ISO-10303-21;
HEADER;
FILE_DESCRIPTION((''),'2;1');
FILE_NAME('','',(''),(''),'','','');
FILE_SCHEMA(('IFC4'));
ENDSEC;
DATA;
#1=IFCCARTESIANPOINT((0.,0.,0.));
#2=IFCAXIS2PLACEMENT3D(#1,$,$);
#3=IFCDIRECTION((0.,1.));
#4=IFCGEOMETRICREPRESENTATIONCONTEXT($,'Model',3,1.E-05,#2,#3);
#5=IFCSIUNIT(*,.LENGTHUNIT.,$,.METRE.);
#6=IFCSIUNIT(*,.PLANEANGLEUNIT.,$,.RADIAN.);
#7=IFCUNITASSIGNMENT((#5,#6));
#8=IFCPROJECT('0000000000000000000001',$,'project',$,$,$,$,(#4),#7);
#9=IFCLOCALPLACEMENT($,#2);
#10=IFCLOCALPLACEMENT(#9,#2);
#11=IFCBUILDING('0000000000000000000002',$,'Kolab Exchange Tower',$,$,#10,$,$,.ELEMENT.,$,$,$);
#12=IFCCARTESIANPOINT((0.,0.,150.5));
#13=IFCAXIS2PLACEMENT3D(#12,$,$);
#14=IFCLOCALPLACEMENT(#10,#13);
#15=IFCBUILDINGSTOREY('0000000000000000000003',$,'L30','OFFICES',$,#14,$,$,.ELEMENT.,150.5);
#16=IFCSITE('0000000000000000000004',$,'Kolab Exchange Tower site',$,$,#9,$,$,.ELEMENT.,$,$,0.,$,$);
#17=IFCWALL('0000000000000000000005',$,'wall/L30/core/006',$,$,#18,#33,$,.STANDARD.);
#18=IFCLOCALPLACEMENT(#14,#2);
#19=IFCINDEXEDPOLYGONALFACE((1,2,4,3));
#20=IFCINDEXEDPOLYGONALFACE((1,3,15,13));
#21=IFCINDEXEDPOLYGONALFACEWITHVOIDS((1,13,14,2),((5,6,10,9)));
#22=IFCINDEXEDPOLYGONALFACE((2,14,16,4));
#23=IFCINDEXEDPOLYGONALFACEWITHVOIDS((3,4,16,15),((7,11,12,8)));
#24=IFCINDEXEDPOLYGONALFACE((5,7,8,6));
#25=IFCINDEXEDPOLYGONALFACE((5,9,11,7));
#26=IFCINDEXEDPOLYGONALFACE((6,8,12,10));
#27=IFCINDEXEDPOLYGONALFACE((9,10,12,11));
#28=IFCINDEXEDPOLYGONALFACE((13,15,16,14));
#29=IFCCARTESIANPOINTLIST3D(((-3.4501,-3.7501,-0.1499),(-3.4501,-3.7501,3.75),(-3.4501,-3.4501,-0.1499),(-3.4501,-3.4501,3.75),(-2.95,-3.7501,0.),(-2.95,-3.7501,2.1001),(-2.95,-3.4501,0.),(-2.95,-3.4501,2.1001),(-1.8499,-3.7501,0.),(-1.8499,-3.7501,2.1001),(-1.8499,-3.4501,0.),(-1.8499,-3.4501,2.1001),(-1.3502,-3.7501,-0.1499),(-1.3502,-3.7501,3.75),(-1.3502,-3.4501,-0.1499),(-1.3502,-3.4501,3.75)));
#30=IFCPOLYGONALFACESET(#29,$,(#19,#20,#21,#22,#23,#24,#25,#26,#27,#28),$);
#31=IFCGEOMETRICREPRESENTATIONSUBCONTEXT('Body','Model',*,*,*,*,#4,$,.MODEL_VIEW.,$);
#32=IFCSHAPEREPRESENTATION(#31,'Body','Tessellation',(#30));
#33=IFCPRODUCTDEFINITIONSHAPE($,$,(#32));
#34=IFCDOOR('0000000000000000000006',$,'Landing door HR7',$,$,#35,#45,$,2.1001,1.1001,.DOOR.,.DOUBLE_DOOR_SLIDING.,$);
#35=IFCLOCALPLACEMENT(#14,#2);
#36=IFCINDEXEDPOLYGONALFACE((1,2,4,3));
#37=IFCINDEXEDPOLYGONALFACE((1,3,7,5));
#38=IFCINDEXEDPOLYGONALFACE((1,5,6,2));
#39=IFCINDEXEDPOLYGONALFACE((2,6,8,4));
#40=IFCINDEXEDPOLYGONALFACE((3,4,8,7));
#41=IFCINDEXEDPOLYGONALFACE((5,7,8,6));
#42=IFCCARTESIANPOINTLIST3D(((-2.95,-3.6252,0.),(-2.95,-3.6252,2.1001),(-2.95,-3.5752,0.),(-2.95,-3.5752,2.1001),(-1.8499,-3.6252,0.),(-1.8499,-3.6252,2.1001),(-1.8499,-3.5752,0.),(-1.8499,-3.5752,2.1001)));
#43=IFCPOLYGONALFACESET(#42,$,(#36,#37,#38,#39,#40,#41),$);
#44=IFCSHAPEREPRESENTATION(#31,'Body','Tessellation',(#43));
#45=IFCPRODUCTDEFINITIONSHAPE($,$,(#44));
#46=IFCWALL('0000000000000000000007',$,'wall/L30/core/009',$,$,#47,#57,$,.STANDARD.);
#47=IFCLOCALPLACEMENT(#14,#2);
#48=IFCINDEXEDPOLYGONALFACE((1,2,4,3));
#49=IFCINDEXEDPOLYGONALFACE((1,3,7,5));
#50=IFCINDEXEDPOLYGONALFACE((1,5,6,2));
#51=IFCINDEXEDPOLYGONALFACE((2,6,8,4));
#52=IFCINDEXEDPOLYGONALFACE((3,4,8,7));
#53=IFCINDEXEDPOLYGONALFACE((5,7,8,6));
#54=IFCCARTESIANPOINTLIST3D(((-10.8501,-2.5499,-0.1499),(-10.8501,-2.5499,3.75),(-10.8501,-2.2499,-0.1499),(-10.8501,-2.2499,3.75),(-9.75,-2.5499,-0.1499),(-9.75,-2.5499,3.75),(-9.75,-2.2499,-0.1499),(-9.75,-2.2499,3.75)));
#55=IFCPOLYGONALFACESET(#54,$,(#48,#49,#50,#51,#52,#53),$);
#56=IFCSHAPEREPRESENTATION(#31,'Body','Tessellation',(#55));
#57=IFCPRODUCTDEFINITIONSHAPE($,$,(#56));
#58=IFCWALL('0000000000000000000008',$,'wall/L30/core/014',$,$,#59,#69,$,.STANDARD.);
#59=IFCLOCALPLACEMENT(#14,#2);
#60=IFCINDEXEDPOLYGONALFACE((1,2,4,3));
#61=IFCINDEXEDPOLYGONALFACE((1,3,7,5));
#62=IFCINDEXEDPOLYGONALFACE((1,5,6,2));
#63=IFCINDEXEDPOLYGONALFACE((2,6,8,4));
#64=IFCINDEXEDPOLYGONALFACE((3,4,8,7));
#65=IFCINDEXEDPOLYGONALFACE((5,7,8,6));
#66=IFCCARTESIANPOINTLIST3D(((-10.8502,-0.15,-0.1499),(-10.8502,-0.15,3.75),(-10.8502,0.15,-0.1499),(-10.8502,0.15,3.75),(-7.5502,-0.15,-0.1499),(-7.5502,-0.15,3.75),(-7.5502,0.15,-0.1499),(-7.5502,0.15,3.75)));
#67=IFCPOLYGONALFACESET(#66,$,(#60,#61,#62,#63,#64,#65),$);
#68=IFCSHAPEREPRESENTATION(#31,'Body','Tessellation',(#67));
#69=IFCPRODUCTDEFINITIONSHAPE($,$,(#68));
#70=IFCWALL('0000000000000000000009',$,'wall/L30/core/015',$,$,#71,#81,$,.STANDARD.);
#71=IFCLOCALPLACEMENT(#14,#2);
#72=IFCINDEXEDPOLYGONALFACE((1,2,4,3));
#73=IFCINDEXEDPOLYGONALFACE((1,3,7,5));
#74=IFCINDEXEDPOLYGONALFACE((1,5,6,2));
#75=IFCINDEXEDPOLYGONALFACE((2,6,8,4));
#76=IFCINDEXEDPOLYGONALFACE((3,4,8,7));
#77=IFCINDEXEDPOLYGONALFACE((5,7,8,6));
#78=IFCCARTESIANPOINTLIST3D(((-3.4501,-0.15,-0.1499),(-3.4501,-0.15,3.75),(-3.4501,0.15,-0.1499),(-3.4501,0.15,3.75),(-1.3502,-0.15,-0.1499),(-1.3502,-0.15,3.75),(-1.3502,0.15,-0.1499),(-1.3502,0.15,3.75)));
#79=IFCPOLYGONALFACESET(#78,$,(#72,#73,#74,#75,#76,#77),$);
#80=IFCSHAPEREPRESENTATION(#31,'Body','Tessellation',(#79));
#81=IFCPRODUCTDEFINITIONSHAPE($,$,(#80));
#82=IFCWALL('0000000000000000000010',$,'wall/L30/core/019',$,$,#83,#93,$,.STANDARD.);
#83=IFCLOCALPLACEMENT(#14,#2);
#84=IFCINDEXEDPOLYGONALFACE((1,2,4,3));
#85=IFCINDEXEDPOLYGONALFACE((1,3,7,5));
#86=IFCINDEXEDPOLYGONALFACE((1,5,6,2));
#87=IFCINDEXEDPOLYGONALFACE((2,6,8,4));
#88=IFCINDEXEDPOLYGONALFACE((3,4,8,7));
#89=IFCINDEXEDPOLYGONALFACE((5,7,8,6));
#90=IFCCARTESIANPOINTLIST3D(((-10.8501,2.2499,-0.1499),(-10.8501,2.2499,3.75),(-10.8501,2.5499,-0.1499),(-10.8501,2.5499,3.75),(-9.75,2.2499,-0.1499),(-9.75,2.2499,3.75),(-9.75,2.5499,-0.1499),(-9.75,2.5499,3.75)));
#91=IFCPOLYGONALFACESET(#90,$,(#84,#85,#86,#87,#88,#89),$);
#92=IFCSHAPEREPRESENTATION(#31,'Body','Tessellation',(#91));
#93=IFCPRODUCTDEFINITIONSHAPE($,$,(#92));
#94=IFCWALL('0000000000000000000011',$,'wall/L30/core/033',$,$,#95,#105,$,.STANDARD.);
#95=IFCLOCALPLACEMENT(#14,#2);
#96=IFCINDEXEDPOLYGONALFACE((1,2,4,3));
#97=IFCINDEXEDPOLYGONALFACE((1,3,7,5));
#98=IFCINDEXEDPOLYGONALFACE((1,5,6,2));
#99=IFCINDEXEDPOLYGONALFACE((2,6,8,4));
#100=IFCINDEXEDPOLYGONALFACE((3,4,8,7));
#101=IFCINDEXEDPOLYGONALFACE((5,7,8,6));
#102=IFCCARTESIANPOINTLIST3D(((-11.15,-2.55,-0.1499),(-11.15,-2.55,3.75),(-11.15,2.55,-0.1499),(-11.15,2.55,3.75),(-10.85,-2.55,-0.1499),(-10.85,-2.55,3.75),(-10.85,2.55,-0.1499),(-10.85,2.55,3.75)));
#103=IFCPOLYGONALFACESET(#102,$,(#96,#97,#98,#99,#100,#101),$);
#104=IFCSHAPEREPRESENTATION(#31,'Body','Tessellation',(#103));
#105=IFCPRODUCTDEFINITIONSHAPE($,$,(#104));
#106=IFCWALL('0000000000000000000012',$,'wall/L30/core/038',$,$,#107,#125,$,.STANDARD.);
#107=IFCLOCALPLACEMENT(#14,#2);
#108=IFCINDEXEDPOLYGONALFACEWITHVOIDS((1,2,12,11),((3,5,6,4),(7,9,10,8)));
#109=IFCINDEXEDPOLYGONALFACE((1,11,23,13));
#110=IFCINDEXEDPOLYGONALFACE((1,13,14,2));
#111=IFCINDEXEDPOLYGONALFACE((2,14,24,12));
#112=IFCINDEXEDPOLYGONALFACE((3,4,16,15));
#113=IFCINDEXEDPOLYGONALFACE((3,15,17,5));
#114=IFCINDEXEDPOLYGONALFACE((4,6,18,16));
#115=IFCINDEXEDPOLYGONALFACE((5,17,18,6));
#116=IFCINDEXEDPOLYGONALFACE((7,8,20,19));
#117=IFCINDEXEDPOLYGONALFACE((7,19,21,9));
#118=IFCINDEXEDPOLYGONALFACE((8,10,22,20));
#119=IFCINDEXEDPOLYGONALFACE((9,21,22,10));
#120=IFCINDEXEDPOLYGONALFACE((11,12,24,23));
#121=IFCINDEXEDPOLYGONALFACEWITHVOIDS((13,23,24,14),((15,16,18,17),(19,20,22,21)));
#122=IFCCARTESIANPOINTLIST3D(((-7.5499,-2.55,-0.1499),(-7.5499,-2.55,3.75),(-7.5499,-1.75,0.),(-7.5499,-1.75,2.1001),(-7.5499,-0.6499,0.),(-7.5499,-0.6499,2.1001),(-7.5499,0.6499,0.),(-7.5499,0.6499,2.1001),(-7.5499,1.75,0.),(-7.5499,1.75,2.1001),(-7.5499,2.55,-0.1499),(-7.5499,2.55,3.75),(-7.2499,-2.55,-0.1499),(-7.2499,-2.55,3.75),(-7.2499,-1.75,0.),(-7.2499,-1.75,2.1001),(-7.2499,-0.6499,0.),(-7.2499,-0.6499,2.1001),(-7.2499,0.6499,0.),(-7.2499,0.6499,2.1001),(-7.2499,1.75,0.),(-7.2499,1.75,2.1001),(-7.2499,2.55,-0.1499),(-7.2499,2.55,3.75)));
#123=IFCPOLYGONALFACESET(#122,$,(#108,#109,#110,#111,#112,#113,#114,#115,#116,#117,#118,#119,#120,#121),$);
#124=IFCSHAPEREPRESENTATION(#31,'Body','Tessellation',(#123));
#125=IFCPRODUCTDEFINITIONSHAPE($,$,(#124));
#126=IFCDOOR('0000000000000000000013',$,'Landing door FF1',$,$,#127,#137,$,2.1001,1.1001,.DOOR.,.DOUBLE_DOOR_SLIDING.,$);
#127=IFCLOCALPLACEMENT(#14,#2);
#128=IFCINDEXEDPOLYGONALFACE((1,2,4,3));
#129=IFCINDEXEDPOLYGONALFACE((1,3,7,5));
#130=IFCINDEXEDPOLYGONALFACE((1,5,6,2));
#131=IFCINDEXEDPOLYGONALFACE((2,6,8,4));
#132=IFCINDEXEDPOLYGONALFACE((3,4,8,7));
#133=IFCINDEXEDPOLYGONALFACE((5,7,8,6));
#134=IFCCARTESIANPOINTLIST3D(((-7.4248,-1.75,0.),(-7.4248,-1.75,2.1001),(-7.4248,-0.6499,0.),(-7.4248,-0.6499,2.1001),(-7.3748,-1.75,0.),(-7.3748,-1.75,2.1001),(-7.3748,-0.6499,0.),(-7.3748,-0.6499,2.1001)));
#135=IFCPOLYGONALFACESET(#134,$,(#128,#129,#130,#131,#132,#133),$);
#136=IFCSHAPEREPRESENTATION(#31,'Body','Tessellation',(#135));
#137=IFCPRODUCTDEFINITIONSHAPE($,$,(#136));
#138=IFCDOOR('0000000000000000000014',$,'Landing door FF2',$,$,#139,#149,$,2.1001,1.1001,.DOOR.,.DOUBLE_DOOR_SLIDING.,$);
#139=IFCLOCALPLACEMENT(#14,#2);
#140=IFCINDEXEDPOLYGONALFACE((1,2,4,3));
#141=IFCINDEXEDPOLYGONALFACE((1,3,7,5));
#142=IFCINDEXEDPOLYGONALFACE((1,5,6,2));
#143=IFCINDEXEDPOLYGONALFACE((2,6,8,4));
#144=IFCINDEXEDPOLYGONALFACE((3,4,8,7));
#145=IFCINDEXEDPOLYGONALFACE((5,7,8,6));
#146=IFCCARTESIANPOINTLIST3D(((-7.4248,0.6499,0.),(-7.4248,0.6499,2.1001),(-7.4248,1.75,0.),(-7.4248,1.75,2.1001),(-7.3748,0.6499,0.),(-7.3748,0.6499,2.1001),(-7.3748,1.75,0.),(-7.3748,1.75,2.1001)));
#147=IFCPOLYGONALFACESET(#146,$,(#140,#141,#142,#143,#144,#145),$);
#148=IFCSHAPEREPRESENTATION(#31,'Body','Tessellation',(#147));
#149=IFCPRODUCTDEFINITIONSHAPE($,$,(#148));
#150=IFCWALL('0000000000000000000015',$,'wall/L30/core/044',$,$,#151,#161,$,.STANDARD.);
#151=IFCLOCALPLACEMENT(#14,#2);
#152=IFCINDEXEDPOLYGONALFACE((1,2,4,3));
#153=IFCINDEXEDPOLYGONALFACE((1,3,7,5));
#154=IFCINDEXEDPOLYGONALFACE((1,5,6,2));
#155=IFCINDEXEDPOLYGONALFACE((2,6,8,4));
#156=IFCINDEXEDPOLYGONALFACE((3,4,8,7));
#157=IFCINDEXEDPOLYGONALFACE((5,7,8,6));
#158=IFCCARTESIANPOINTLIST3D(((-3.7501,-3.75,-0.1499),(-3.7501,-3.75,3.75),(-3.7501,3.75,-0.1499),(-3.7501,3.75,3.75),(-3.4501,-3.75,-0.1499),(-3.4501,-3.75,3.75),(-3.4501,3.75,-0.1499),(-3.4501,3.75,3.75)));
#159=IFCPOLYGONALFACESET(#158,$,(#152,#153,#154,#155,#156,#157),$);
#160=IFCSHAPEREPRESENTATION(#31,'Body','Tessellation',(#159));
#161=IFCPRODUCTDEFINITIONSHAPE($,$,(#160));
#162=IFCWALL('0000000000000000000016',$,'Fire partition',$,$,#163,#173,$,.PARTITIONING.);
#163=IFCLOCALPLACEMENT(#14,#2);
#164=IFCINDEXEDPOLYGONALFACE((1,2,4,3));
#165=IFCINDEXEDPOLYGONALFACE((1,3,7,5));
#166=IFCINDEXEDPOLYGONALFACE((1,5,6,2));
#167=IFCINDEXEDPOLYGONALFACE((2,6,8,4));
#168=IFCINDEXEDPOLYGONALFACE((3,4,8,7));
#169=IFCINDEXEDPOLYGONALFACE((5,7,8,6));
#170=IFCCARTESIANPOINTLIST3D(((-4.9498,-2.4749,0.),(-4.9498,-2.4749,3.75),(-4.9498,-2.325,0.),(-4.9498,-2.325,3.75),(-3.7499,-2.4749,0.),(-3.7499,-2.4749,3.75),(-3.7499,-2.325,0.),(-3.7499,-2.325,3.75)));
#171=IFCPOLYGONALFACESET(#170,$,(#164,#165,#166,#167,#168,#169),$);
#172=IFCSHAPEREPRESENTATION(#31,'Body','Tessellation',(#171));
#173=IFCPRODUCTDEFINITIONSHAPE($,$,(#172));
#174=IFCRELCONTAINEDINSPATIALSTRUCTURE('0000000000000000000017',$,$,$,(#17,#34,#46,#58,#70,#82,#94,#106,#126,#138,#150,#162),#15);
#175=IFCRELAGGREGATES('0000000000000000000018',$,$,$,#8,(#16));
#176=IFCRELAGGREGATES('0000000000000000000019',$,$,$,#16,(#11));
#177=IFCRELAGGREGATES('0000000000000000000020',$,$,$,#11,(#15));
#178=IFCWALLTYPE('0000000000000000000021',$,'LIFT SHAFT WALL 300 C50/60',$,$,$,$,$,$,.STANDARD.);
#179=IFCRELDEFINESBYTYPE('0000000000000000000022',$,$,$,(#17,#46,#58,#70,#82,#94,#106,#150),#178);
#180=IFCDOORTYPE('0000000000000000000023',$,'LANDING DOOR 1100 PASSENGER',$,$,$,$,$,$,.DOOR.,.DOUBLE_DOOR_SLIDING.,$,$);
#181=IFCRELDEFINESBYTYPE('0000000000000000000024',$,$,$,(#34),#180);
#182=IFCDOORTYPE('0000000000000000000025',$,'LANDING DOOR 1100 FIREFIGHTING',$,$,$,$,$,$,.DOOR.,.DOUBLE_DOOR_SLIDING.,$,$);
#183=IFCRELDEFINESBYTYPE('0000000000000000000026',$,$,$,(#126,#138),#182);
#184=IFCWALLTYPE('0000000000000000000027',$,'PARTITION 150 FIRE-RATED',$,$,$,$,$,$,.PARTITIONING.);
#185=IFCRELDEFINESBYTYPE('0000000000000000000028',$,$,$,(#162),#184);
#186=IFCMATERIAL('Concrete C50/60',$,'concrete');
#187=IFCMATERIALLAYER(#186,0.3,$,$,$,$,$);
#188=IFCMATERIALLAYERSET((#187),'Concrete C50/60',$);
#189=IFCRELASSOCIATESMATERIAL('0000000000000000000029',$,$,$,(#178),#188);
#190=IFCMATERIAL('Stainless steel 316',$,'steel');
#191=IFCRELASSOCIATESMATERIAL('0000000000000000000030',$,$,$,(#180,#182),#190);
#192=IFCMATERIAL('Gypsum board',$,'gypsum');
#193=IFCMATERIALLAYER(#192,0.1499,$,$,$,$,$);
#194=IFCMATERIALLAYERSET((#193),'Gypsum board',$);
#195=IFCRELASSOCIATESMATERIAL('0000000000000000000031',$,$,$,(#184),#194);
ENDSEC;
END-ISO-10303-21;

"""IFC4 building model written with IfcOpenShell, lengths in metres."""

from ifc_helpers import new_model, si_unit, direction, frame, frame_2d, origin, place, context, subcontext, project, spatial, rectangle, extrude, material, layer, layer_set, type_object, element, fill, save


model = new_model("IFC4")

# Units and contexts
model_context = context("Model", 3, precision=1e-05, world=origin(), true_north=direction((0.0, 1.0)))
body_context = subcontext(model_context, "Body", "Model", "MODEL_VIEW")
ifc_project = project(units=[si_unit("LENGTHUNIT", "METRE"), si_unit("PLANEANGLEUNIT", "RADIAN")], contexts=[model_context])

# Site, building, storey
site_placement = place(None, origin())
site = spatial("IfcSite", under=ifc_project, at=site_placement, Name="Kolab Exchange Tower site", CompositionType="ELEMENT", RefElevation=0.0)
building_placement = place(site_placement, origin())
building = spatial("IfcBuilding", under=site, at=building_placement, Name="Kolab Exchange Tower", CompositionType="ELEMENT")
storey_placement = place(building_placement, frame((0.0, 0.0, 150.5)))
storey = spatial("IfcBuildingStorey", under=building, at=storey_placement, Name="L30", Description="OFFICES", CompositionType="ELEMENT", Elevation=150.5)

# Wall, opening, door
ifc_material_1 = material(Name="Concrete C50/60", Category="concrete")
ifc_layer_1 = layer(ifc_material_1, 0.3)
ifc_layer_set_1 = layer_set([ifc_layer_1], Name="Concrete C50/60")
wall_type_1 = type_object("IfcWallType", Name="LIFT SHAFT WALL 300 C50/60", PredefinedType="STANDARD", material=ifc_layer_set_1)
wall_1_placement = place(storey_placement, frame((-3.45, -3.6001, -0.1499), z_axis=(0.0, 0.0, 1.0), x_axis=(1.0, 0.0, 0.0)))
wall_1 = element("IfcWall", 1, at=wall_1_placement, inside=storey, type_object=wall_type_1, Name="wall/L30/core/006", PredefinedType="STANDARD", context=body_context, shape_type="SweptSolid", body=[
    extrude(rectangle(XDim=2.0999, YDim=0.3, at=frame_2d((1.0498, 0.0))), origin(), (0.0, 0.0, 1.0), 3.8999),
])
opening_1_placement = place(wall_1_placement, frame((0.5, 0.0, 0.1499)))
opening_1 = element("IfcOpeningElement", 2, at=opening_1_placement, cuts=wall_1, PredefinedType="OPENING", context=body_context, shape_type="SweptSolid", body=[
    extrude(rectangle(XDim=1.1001, YDim=2.1001, at=frame_2d((0.55, 1.05))), frame((0.0, 0.1602, 0.0), z_axis=(0.0, -1.0, 0.0), x_axis=(1.0, 0.0, 0.0)), (0.0, 0.0, 1.0), 0.3201),
])
ifc_material_2 = material(Name="Stainless steel 316", Category="steel")
door_type_1 = type_object("IfcDoorType", Name="LANDING DOOR 1100 PASSENGER", OperationType="DOUBLE_DOOR_SLIDING", PredefinedType="DOOR", material=ifc_material_2)
door_1_placement = place(opening_1_placement, origin())
door_1 = element("IfcDoor", 3, at=door_1_placement, inside=storey, type_object=door_type_1, Name="Landing door HR7", OperationType="DOUBLE_DOOR_SLIDING", OverallHeight=2.1001, OverallWidth=1.1001, PredefinedType="DOOR", context=body_context, shape_type="SweptSolid", body=[
    extrude(rectangle(XDim=1.1001, YDim=2.1001, at=frame_2d((0.55, 1.05))), frame((0.0, 0.0249, 0.0), z_axis=(0.0, -1.0, 0.0), x_axis=(1.0, 0.0, 0.0)), (0.0, 0.0, 1.0), 0.05),
])
fill(opening_1, door_1)

# Walls
wall_2_placement = place(storey_placement, frame((-10.8501, -2.3999, -0.1499), z_axis=(0.0, 0.0, 1.0), x_axis=(1.0, 0.0, 0.0)))
element("IfcWall", 4, at=wall_2_placement, inside=storey, type_object=wall_type_1, Name="wall/L30/core/009", PredefinedType="STANDARD", context=body_context, shape_type="SweptSolid", body=[
    extrude(rectangle(XDim=1.1001, YDim=0.3, at=frame_2d((0.55, 0.0))), origin(), (0.0, 0.0, 1.0), 3.8999),
])
wall_3_placement = place(storey_placement, frame((-10.8501, 0.0, -0.1499), z_axis=(0.0, 0.0, 1.0), x_axis=(1.0, 0.0, 0.0)))
element("IfcWall", 5, at=wall_3_placement, inside=storey, type_object=wall_type_1, Name="wall/L30/core/014", PredefinedType="STANDARD", context=body_context, shape_type="SweptSolid", body=[
    extrude(rectangle(XDim=3.3, YDim=0.3, at=frame_2d((1.6499, 0.0))), origin(), (0.0, 0.0, 1.0), 3.8999),
])
wall_4_placement = place(storey_placement, frame((-3.45, 0.0, -0.1499), z_axis=(0.0, 0.0, 1.0), x_axis=(1.0, 0.0, 0.0)))
element("IfcWall", 6, at=wall_4_placement, inside=storey, type_object=wall_type_1, Name="wall/L30/core/015", PredefinedType="STANDARD", context=body_context, shape_type="SweptSolid", body=[
    extrude(rectangle(XDim=2.0999, YDim=0.3, at=frame_2d((1.0498, 0.0))), origin(), (0.0, 0.0, 1.0), 3.8999),
])
wall_5_placement = place(storey_placement, frame((-10.8501, 2.3999, -0.1499), z_axis=(0.0, 0.0, 1.0), x_axis=(1.0, 0.0, 0.0)))
element("IfcWall", 7, at=wall_5_placement, inside=storey, type_object=wall_type_1, Name="wall/L30/core/019", PredefinedType="STANDARD", context=body_context, shape_type="SweptSolid", body=[
    extrude(rectangle(XDim=1.1001, YDim=0.3, at=frame_2d((0.55, 0.0))), origin(), (0.0, 0.0, 1.0), 3.8999),
])
wall_6_placement = place(storey_placement, frame((-11.0, -2.55, -0.1499), z_axis=(0.0, 0.0, 1.0), x_axis=(0.0, 1.0, 0.0)))
element("IfcWall", 8, at=wall_6_placement, inside=storey, type_object=wall_type_1, Name="wall/L30/core/033", PredefinedType="STANDARD", context=body_context, shape_type="SweptSolid", body=[
    extrude(rectangle(XDim=5.1001, YDim=0.3, at=frame_2d((2.55, 0.0))), origin(), (0.0, 0.0, 1.0), 3.8999),
])

# Wall, openings, doors
wall_7_placement = place(storey_placement, frame((-7.3999, -2.55, -0.1499), z_axis=(0.0, 0.0, 1.0), x_axis=(0.0, 1.0, 0.0)))
wall_7 = element("IfcWall", 9, at=wall_7_placement, inside=storey, type_object=wall_type_1, Name="wall/L30/core/038", PredefinedType="STANDARD", context=body_context, shape_type="SweptSolid", body=[
    extrude(rectangle(XDim=5.1001, YDim=0.3, at=frame_2d((2.55, 0.0))), origin(), (0.0, 0.0, 1.0), 3.8999),
])
opening_2_placement = place(wall_7_placement, frame((0.8, 0.0, 0.1499)))
opening_2 = element("IfcOpeningElement", 10, at=opening_2_placement, cuts=wall_7, PredefinedType="OPENING", context=body_context, shape_type="SweptSolid", body=[
    extrude(rectangle(XDim=1.1001, YDim=2.1001, at=frame_2d((0.55, 1.05))), frame((0.0, 0.1602, 0.0), z_axis=(0.0, -1.0, 0.0), x_axis=(1.0, 0.0, 0.0)), (0.0, 0.0, 1.0), 0.3201),
])
opening_3_placement = place(wall_7_placement, frame((3.2, 0.0, 0.1499)))
opening_3 = element("IfcOpeningElement", 11, at=opening_3_placement, cuts=wall_7, PredefinedType="OPENING", context=body_context, shape_type="SweptSolid", body=[
    extrude(rectangle(XDim=1.1001, YDim=2.1001, at=frame_2d((0.55, 1.05))), frame((0.0, 0.1602, 0.0), z_axis=(0.0, -1.0, 0.0), x_axis=(1.0, 0.0, 0.0)), (0.0, 0.0, 1.0), 0.3201),
])
door_type_2 = type_object("IfcDoorType", Name="LANDING DOOR 1100 FIREFIGHTING", OperationType="DOUBLE_DOOR_SLIDING", PredefinedType="DOOR", material=ifc_material_2)
door_2_placement = place(opening_2_placement, origin())
door_2 = element("IfcDoor", 12, at=door_2_placement, inside=storey, type_object=door_type_2, Name="Landing door FF1", OperationType="DOUBLE_DOOR_SLIDING", OverallHeight=2.1001, OverallWidth=1.1001, PredefinedType="DOOR", context=body_context, shape_type="SweptSolid", body=[
    extrude(rectangle(XDim=1.1001, YDim=2.1001, at=frame_2d((0.55, 1.05))), frame((0.0, 0.0249, 0.0), z_axis=(0.0, -1.0, 0.0), x_axis=(1.0, 0.0, 0.0)), (0.0, 0.0, 1.0), 0.05),
])
fill(opening_2, door_2)
door_3_placement = place(opening_3_placement, origin())
door_3 = element("IfcDoor", 13, at=door_3_placement, inside=storey, type_object=door_type_2, Name="Landing door FF2", OperationType="DOUBLE_DOOR_SLIDING", OverallHeight=2.1001, OverallWidth=1.1001, PredefinedType="DOOR", context=body_context, shape_type="SweptSolid", body=[
    extrude(rectangle(XDim=1.1001, YDim=2.1001, at=frame_2d((0.55, 1.05))), frame((0.0, 0.0249, 0.0), z_axis=(0.0, -1.0, 0.0), x_axis=(1.0, 0.0, 0.0)), (0.0, 0.0, 1.0), 0.05),
])
fill(opening_3, door_3)

# Walls
wall_8_placement = place(storey_placement, frame((-3.6001, -3.75, -0.1499), z_axis=(0.0, 0.0, 1.0), x_axis=(0.0, 1.0, 0.0)))
element("IfcWall", 14, at=wall_8_placement, inside=storey, type_object=wall_type_1, Name="wall/L30/core/044", PredefinedType="STANDARD", context=body_context, shape_type="SweptSolid", body=[
    extrude(rectangle(XDim=7.5, YDim=0.3, at=frame_2d((3.75, 0.0))), origin(), (0.0, 0.0, 1.0), 3.8999),
])
ifc_material_3 = material(Name="Gypsum board", Category="gypsum")
ifc_layer_2 = layer(ifc_material_3, 0.1499)
ifc_layer_set_2 = layer_set([ifc_layer_2], Name="Gypsum board")
wall_type_2 = type_object("IfcWallType", Name="PARTITION 150 FIRE-RATED", PredefinedType="PARTITIONING", material=ifc_layer_set_2)
wall_9_placement = place(storey_placement, frame((-4.95, -2.3999, 0.0), z_axis=(0.0, 0.0, 1.0), x_axis=(1.0, 0.0, 0.0)))
element("IfcWall", 15, at=wall_9_placement, inside=storey, type_object=wall_type_2, Name="Fire partition", PredefinedType="PARTITIONING", context=body_context, shape_type="SweptSolid", body=[
    extrude(rectangle(XDim=1.2, YDim=0.1499, at=frame_2d((0.6001, 0.0))), origin(), (0.0, 0.0, 1.0), 3.75),
])

save(model, "model.ifc")
